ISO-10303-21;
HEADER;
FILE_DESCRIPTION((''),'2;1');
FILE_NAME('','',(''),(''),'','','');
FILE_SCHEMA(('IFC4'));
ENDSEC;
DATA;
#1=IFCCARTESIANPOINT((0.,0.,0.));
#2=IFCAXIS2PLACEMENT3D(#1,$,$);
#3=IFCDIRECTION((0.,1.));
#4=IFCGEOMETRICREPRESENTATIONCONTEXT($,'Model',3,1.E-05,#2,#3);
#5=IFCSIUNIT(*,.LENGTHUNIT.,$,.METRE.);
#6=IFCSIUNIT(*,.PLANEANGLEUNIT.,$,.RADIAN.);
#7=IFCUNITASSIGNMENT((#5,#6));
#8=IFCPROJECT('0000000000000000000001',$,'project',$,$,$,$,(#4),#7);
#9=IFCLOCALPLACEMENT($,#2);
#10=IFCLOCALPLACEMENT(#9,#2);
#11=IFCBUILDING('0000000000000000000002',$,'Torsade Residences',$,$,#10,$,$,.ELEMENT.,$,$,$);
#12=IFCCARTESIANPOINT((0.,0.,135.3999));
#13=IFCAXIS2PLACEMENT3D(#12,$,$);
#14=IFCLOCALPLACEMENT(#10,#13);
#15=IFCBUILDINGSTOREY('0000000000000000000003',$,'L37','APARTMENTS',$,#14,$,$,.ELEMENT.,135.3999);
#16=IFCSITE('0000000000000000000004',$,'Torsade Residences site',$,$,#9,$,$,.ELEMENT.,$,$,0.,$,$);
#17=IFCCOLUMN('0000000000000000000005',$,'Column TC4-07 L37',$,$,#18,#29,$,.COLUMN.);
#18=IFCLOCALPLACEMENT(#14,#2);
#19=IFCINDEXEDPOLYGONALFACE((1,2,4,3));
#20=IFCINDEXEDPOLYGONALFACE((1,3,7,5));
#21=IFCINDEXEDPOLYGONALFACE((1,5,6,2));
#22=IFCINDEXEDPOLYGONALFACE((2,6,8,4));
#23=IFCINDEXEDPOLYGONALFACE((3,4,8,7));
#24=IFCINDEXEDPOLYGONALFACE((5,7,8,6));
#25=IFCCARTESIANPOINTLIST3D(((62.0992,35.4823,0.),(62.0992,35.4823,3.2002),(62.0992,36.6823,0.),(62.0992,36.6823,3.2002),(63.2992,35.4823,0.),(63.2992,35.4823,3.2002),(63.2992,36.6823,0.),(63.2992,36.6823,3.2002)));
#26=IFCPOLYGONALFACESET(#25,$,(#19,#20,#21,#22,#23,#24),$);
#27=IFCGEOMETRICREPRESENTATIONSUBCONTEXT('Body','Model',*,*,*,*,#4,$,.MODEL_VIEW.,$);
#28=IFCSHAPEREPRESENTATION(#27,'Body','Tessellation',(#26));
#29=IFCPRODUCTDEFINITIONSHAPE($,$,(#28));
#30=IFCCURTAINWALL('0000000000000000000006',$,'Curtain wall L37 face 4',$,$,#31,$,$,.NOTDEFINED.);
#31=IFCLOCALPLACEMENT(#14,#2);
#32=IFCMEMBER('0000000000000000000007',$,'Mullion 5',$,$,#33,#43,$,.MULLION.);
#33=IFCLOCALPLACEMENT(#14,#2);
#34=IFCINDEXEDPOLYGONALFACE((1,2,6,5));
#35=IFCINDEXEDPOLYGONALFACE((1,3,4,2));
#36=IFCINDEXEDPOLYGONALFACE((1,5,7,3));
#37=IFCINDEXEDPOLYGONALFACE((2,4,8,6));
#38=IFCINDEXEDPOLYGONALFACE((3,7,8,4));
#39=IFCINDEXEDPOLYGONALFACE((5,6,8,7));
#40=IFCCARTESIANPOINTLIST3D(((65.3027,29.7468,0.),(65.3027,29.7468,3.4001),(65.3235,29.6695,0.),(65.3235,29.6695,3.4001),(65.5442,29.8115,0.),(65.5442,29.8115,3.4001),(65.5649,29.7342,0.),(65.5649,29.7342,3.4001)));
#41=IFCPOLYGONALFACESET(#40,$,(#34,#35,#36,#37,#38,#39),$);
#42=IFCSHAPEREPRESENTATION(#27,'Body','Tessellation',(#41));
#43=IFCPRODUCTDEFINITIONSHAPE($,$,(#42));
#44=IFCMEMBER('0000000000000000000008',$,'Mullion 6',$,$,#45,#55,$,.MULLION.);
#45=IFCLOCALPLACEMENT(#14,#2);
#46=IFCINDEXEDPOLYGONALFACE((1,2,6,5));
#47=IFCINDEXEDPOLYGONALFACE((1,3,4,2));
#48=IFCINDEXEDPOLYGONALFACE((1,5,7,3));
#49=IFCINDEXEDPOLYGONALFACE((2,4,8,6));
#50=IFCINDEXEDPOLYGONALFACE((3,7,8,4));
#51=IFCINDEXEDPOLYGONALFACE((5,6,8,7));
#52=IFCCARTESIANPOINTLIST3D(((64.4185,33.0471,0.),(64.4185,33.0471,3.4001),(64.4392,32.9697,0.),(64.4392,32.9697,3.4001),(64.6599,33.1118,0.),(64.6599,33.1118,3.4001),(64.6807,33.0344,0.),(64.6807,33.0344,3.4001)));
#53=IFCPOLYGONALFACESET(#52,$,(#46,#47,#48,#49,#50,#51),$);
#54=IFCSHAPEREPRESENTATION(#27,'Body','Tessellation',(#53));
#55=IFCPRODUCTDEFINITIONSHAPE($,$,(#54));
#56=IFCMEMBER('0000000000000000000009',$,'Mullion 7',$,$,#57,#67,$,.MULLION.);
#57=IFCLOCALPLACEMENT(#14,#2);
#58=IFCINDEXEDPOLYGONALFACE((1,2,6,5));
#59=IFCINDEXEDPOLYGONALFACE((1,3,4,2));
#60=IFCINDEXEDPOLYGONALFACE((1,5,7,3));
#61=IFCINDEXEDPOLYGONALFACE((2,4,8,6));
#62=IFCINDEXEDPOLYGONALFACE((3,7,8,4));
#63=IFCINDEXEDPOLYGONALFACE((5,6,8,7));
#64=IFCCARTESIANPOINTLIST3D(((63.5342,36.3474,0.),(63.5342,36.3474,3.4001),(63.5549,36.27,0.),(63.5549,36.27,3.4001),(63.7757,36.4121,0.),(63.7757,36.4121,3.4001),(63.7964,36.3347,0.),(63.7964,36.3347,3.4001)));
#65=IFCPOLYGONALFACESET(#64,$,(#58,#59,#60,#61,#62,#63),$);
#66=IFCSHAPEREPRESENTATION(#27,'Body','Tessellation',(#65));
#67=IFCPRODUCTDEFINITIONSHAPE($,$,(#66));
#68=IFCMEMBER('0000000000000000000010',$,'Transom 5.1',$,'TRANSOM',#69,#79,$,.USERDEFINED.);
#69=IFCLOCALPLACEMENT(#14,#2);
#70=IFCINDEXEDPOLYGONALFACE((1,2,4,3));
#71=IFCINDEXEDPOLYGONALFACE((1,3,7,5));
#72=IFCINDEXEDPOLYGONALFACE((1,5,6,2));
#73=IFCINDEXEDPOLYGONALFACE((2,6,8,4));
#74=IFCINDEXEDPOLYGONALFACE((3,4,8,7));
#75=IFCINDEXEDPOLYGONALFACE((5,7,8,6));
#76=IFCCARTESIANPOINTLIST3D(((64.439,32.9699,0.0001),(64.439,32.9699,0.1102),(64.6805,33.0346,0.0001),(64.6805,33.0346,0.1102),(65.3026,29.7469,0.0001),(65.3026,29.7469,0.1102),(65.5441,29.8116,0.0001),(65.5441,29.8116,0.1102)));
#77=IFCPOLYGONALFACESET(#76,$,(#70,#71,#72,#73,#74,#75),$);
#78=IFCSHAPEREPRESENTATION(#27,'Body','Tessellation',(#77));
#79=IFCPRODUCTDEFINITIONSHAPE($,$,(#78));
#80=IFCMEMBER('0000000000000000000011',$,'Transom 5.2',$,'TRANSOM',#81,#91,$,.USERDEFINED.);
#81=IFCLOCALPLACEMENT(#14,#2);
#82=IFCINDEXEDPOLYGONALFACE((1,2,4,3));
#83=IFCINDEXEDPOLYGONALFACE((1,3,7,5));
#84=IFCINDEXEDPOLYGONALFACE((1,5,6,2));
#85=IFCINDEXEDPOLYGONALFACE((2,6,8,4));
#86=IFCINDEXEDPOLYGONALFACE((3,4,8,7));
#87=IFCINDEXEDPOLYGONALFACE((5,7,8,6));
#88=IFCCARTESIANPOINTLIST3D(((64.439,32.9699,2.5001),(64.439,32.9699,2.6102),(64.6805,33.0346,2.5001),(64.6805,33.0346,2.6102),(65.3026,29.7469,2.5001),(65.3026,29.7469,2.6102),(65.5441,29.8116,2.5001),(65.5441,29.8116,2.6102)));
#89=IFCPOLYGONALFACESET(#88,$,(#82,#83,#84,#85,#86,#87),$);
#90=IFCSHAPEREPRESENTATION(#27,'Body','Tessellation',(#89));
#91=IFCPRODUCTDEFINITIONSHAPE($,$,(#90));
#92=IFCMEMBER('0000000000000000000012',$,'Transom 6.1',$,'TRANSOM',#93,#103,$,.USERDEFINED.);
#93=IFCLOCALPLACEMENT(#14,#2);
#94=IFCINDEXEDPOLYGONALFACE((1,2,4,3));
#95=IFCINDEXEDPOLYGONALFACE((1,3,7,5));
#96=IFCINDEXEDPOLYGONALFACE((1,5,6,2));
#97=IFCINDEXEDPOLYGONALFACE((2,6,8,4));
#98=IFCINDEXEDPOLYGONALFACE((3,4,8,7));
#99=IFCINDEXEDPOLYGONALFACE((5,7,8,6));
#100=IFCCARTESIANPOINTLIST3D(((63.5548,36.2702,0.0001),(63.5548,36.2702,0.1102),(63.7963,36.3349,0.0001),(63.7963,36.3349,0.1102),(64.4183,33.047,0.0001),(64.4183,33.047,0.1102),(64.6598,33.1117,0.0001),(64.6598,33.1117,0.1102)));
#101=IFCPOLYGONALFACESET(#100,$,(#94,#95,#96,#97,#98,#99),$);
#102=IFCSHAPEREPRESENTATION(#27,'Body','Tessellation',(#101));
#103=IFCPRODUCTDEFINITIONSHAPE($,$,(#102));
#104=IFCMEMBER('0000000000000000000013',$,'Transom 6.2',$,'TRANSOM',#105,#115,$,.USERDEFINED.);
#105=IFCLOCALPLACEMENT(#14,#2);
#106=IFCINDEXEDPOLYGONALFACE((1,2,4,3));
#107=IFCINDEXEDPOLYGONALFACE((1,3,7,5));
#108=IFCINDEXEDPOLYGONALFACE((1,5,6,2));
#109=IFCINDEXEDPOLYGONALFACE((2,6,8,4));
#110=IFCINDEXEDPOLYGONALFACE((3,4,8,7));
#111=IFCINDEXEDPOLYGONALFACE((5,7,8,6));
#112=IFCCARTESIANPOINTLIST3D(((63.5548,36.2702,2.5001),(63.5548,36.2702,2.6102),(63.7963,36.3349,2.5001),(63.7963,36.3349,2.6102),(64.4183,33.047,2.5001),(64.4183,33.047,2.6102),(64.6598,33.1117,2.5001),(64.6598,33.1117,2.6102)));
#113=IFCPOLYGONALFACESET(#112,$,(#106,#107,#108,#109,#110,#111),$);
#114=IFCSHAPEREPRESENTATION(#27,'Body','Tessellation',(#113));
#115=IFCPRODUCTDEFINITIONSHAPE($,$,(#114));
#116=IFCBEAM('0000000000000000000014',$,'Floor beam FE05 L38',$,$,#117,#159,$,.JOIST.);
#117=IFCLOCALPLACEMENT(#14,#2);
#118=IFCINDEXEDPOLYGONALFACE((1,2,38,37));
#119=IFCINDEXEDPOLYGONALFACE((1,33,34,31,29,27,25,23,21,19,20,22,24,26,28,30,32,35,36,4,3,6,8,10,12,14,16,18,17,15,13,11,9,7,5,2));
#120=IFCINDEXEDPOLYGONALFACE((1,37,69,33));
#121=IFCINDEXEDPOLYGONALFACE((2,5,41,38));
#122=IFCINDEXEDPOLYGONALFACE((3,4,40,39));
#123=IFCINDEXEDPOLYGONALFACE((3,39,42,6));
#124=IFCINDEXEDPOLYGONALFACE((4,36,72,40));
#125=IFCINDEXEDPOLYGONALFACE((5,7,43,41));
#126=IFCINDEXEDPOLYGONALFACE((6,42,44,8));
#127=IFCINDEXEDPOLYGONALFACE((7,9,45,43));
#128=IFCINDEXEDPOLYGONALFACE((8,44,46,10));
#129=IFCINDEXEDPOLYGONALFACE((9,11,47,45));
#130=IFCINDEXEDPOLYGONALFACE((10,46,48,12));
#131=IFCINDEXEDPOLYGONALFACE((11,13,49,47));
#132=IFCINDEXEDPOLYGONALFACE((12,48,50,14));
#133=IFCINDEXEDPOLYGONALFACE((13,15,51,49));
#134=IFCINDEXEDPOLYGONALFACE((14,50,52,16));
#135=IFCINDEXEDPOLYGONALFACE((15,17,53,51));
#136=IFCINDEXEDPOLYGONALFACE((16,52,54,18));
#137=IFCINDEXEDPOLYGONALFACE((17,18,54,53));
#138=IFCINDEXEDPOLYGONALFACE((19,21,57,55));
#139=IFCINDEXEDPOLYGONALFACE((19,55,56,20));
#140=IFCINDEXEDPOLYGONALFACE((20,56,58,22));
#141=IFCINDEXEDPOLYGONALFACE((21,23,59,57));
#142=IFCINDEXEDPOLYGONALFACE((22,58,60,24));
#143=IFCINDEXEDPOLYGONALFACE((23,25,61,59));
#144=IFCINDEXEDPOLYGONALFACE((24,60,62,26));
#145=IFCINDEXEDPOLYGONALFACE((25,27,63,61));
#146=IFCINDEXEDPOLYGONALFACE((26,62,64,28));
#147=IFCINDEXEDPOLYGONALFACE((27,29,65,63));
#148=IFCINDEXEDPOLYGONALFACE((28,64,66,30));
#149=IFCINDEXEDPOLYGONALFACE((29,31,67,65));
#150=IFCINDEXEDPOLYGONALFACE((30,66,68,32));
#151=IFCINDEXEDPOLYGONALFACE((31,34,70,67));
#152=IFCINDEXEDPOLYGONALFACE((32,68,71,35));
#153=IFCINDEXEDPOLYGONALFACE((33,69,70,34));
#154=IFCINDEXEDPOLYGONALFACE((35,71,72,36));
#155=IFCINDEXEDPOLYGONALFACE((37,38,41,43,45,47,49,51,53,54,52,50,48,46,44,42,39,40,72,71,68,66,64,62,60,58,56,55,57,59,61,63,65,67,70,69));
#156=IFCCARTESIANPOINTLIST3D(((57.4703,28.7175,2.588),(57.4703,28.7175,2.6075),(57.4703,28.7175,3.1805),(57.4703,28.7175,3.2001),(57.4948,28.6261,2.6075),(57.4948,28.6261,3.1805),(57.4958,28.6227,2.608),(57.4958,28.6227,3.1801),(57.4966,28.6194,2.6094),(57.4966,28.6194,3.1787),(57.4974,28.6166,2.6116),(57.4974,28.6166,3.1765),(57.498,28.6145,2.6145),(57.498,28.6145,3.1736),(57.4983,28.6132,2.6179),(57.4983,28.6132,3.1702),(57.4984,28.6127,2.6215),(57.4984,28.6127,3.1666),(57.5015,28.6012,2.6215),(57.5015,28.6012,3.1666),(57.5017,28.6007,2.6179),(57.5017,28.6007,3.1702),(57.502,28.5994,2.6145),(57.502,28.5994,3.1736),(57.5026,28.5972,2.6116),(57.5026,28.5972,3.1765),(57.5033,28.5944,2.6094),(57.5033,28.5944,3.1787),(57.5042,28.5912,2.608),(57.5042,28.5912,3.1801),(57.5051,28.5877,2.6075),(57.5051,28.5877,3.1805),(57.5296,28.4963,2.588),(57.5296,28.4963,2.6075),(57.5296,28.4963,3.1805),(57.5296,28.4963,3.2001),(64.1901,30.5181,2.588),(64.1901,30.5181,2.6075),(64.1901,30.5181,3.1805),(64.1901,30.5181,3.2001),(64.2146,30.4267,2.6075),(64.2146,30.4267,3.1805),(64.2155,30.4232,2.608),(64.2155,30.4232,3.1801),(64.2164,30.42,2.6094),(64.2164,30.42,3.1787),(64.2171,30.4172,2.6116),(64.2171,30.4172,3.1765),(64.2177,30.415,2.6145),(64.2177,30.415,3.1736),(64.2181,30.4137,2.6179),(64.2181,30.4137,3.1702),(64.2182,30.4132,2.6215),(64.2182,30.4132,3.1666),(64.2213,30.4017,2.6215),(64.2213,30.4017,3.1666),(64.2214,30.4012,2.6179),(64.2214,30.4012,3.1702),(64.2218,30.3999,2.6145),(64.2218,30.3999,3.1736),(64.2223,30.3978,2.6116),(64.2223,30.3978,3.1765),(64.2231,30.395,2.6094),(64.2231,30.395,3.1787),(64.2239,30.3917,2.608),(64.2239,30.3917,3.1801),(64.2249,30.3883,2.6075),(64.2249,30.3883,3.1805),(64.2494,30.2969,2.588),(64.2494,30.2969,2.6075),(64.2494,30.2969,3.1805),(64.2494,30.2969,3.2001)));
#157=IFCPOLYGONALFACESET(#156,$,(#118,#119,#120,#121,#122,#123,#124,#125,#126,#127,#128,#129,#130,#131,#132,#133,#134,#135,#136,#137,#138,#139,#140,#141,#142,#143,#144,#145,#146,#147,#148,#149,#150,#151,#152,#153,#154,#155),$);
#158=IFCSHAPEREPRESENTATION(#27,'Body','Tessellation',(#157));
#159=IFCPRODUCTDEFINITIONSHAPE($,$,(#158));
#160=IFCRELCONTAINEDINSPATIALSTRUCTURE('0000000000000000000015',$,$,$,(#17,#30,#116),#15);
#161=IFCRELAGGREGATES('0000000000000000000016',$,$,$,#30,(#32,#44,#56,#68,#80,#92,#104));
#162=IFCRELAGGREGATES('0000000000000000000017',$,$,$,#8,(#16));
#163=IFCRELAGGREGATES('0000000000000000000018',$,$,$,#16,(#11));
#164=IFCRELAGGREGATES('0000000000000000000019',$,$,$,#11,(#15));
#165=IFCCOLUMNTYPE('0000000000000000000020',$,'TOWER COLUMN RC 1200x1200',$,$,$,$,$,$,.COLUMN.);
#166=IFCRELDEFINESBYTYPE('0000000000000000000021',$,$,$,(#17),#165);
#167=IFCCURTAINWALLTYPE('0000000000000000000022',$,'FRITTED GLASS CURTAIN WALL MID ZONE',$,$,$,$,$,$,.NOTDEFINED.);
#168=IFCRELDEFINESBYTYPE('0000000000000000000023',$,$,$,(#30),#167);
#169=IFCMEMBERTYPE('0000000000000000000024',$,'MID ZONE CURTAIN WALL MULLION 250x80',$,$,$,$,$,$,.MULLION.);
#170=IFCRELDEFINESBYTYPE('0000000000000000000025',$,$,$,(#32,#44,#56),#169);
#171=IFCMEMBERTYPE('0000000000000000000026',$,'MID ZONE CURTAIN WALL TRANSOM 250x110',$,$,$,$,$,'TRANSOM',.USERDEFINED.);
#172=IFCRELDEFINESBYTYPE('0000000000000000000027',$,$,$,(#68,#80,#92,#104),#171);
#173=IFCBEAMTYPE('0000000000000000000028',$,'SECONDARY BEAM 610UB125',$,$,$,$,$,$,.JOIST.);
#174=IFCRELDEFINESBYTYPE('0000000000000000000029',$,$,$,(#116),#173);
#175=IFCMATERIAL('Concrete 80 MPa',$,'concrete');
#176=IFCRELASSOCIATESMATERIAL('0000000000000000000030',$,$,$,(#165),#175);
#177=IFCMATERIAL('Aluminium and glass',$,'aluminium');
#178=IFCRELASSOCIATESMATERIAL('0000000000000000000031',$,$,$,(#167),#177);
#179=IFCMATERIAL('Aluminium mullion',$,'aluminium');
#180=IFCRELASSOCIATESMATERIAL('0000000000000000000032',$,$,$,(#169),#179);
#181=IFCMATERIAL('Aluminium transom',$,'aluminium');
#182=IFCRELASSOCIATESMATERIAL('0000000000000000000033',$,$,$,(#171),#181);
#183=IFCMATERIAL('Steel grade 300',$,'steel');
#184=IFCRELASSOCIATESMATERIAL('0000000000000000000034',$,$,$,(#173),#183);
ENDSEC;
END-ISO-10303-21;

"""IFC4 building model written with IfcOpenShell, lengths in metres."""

from ifc_helpers import new_model, si_unit, direction, frame, origin, origin_2d, place, context, subcontext, project, spatial, rectangle, i_section, extrude, material, material_profile, profile_set, type_object, element, aggregate, save


model = new_model("IFC4")

# Units and contexts
model_context = context("Model", 3, precision=1e-05, world=origin(), true_north=direction((0.0, 1.0)))
body_context = subcontext(model_context, "Body", "Model", "MODEL_VIEW")
ifc_project = project(units=[si_unit("LENGTHUNIT", "METRE"), si_unit("PLANEANGLEUNIT", "RADIAN")], contexts=[model_context])

# Site, building, storey
site_placement = place(None, origin())
site = spatial("IfcSite", under=ifc_project, at=site_placement, Name="Torsade Residences site", CompositionType="ELEMENT", RefElevation=0.0)
building_placement = place(site_placement, origin())
building = spatial("IfcBuilding", under=site, at=building_placement, Name="Torsade Residences", CompositionType="ELEMENT")
storey_placement = place(building_placement, frame((0.0, 0.0, 135.3999)))
storey = spatial("IfcBuildingStorey", under=building, at=storey_placement, Name="L37", Description="APARTMENTS", CompositionType="ELEMENT", Elevation=135.3999)

# Column
ifc_material_1 = material(Name="Concrete 80 MPa", Category="concrete")
ifc_material_profile_1 = material_profile(ifc_material_1, rectangle(XDim=1.2, YDim=1.2, at=origin_2d()), Name="RC 1200x1200")
ifc_profile_set_1 = profile_set([ifc_material_profile_1], Name="Concrete 80 MPa")
column_type = type_object("IfcColumnType", Name="TOWER COLUMN RC 1200x1200", PredefinedType="COLUMN", material=ifc_profile_set_1)
column_placement = place(storey_placement, frame((62.6992, 36.0823, 0.0), z_axis=(0.0, 0.0, 1.0), x_axis=(1.0, 0.0, 0.0)))
element("IfcColumn", 1, at=column_placement, inside=storey, type_object=column_type, Name="Column TC4-07 L37", PredefinedType="COLUMN", context=body_context, shape_type="SweptSolid", body=[
    extrude(rectangle(XDim=1.2, YDim=1.2, at=origin_2d()), origin(), (0.0, 0.0, 1.0), 3.2002),
])

# Curtain wall, members
ifc_material_2 = material(Name="Aluminium and glass", Category="aluminium")
curtain_wall_type = type_object("IfcCurtainWallType", Name="FRITTED GLASS CURTAIN WALL MID ZONE", PredefinedType="NOTDEFINED", material=ifc_material_2)
curtain_wall_placement = place(storey_placement, origin())
curtain_wall = element("IfcCurtainWall", 2, at=curtain_wall_placement, inside=storey, type_object=curtain_wall_type, Name="Curtain wall L37 face 4", PredefinedType="NOTDEFINED")
ifc_material_3 = material(Name="Aluminium mullion", Category="aluminium")
ifc_material_profile_2 = material_profile(ifc_material_3, rectangle(XDim=0.25, YDim=0.0801, at=origin_2d()), Name="MID ZONE CURTAIN WALL MULLION 250x80")
ifc_profile_set_2 = profile_set([ifc_material_profile_2], Name="Aluminium mullion")
member_type_1 = type_object("IfcMemberType", Name="MID ZONE CURTAIN WALL MULLION 250x80", PredefinedType="MULLION", material=ifc_profile_set_2)
member_1_placement = place(storey_placement, frame((65.4338, 29.7405, 0.0), z_axis=(0.0, 0.0, 1.0), x_axis=(-0.965926, -0.258819, 0.0)))
member_1 = element("IfcMember", 3, at=member_1_placement, type_object=member_type_1, Name="Mullion 5", PredefinedType="MULLION", context=body_context, shape_type="SweptSolid", body=[
    extrude(rectangle(XDim=0.25, YDim=0.0801, at=origin_2d()), origin(), (0.0, 0.0, 1.0), 3.4001),
])
member_2_placement = place(storey_placement, frame((64.5496, 33.0408, 0.0), z_axis=(0.0, 0.0, 1.0), x_axis=(-0.965926, -0.258819, 0.0)))
member_2 = element("IfcMember", 4, at=member_2_placement, type_object=member_type_1, Name="Mullion 6", PredefinedType="MULLION", context=body_context, shape_type="SweptSolid", body=[
    extrude(rectangle(XDim=0.25, YDim=0.0801, at=origin_2d()), origin(), (0.0, 0.0, 1.0), 3.4001),
])
member_3_placement = place(storey_placement, frame((63.6653, 36.3411, 0.0), z_axis=(0.0, 0.0, 1.0), x_axis=(-0.965926, -0.258819, 0.0)))
member_3 = element("IfcMember", 5, at=member_3_placement, type_object=member_type_1, Name="Mullion 7", PredefinedType="MULLION", context=body_context, shape_type="SweptSolid", body=[
    extrude(rectangle(XDim=0.25, YDim=0.0801, at=origin_2d()), origin(), (0.0, 0.0, 1.0), 3.4001),
])
ifc_material_4 = material(Name="Aluminium transom", Category="aluminium")
ifc_material_profile_3 = material_profile(ifc_material_4, rectangle(XDim=0.25, YDim=0.1101, at=origin_2d()), Name="MID ZONE CURTAIN WALL TRANSOM 250x110")
ifc_profile_set_3 = profile_set([ifc_material_profile_3], Name="Aluminium transom")
member_type_2 = type_object("IfcMemberType", Name="MID ZONE CURTAIN WALL TRANSOM 250x110", ElementType="TRANSOM", PredefinedType="USERDEFINED", material=ifc_profile_set_3)
member_4_placement = place(storey_placement, frame((65.4233, 29.7793, 0.0552), z_axis=(-0.258806, 0.965929, 0.0), x_axis=(-0.965929, -0.258806, 0.0)))
member_4 = element("IfcMember", 6, at=member_4_placement, type_object=member_type_2, Name="Transom 5.1", ObjectType="TRANSOM", PredefinedType="USERDEFINED", context=body_context, shape_type="SweptSolid", body=[
    extrude(rectangle(XDim=0.25, YDim=0.1101, at=origin_2d()), origin(), (0.0, 0.0, 1.0), 3.3367),
])
member_5_placement = place(storey_placement, frame((65.4233, 29.7793, 2.5552), z_axis=(-0.258806, 0.965929, 0.0), x_axis=(-0.965929, -0.258806, 0.0)))
member_5 = element("IfcMember", 7, at=member_5_placement, type_object=member_type_2, Name="Transom 5.2", ObjectType="TRANSOM", PredefinedType="USERDEFINED", context=body_context, shape_type="SweptSolid", body=[
    extrude(rectangle(XDim=0.25, YDim=0.1101, at=origin_2d()), origin(), (0.0, 0.0, 1.0), 3.3367),
])
member_6_placement = place(storey_placement, frame((64.5391, 33.0793, 0.0552), z_axis=(-0.258787, 0.965934, 0.0), x_axis=(-0.965934, -0.258787, 0.0)))
member_6 = element("IfcMember", 8, at=member_6_placement, type_object=member_type_2, Name="Transom 6.1", ObjectType="TRANSOM", PredefinedType="USERDEFINED", context=body_context, shape_type="SweptSolid", body=[
    extrude(rectangle(XDim=0.25, YDim=0.1101, at=origin_2d()), origin(), (0.0, 0.0, 1.0), 3.3369),
])
member_7_placement = place(storey_placement, frame((64.5391, 33.0793, 2.5552), z_axis=(-0.258787, 0.965934, 0.0), x_axis=(-0.965934, -0.258787, 0.0)))
member_7 = element("IfcMember", 9, at=member_7_placement, type_object=member_type_2, Name="Transom 6.2", ObjectType="TRANSOM", PredefinedType="USERDEFINED", context=body_context, shape_type="SweptSolid", body=[
    extrude(rectangle(XDim=0.25, YDim=0.1101, at=origin_2d()), origin(), (0.0, 0.0, 1.0), 3.3369),
])

# Beam
ifc_material_5 = material(Name="Steel grade 300", Category="steel")
ifc_material_profile_4 = material_profile(ifc_material_5, i_section(OverallWidth=0.229, OverallDepth=0.6121, WebThickness=0.012, FlangeThickness=0.0195, FilletRadius=0.0139, at=origin_2d()), Name="610UB125")
ifc_profile_set_4 = profile_set([ifc_material_profile_4], Name="Steel grade 300")
beam_type_1 = type_object("IfcBeamType", Name="SECONDARY BEAM 610UB125", PredefinedType="JOIST", material=ifc_profile_set_4)
beam_1_placement = place(storey_placement, frame((64.2197, 30.4075, 2.894), z_axis=(-0.965926, -0.258818, 0.0), x_axis=(0.258818, -0.965926, 0.0)))
element("IfcBeam", 10, at=beam_1_placement, inside=storey, type_object=beam_type_1, Name="Floor beam FE05 L38", PredefinedType="JOIST", context=body_context, shape_type="SweptSolid", body=[
    extrude(i_section(OverallWidth=0.229, OverallDepth=0.6121, WebThickness=0.012, FlangeThickness=0.0195, FilletRadius=0.0139, at=origin_2d()), origin(), (0.0, 0.0, 1.0), 6.9568),
])

aggregate(curtain_wall, [member_1, member_2, member_3, member_4, member_5, member_6, member_7])

save(model, "model.ifc")
